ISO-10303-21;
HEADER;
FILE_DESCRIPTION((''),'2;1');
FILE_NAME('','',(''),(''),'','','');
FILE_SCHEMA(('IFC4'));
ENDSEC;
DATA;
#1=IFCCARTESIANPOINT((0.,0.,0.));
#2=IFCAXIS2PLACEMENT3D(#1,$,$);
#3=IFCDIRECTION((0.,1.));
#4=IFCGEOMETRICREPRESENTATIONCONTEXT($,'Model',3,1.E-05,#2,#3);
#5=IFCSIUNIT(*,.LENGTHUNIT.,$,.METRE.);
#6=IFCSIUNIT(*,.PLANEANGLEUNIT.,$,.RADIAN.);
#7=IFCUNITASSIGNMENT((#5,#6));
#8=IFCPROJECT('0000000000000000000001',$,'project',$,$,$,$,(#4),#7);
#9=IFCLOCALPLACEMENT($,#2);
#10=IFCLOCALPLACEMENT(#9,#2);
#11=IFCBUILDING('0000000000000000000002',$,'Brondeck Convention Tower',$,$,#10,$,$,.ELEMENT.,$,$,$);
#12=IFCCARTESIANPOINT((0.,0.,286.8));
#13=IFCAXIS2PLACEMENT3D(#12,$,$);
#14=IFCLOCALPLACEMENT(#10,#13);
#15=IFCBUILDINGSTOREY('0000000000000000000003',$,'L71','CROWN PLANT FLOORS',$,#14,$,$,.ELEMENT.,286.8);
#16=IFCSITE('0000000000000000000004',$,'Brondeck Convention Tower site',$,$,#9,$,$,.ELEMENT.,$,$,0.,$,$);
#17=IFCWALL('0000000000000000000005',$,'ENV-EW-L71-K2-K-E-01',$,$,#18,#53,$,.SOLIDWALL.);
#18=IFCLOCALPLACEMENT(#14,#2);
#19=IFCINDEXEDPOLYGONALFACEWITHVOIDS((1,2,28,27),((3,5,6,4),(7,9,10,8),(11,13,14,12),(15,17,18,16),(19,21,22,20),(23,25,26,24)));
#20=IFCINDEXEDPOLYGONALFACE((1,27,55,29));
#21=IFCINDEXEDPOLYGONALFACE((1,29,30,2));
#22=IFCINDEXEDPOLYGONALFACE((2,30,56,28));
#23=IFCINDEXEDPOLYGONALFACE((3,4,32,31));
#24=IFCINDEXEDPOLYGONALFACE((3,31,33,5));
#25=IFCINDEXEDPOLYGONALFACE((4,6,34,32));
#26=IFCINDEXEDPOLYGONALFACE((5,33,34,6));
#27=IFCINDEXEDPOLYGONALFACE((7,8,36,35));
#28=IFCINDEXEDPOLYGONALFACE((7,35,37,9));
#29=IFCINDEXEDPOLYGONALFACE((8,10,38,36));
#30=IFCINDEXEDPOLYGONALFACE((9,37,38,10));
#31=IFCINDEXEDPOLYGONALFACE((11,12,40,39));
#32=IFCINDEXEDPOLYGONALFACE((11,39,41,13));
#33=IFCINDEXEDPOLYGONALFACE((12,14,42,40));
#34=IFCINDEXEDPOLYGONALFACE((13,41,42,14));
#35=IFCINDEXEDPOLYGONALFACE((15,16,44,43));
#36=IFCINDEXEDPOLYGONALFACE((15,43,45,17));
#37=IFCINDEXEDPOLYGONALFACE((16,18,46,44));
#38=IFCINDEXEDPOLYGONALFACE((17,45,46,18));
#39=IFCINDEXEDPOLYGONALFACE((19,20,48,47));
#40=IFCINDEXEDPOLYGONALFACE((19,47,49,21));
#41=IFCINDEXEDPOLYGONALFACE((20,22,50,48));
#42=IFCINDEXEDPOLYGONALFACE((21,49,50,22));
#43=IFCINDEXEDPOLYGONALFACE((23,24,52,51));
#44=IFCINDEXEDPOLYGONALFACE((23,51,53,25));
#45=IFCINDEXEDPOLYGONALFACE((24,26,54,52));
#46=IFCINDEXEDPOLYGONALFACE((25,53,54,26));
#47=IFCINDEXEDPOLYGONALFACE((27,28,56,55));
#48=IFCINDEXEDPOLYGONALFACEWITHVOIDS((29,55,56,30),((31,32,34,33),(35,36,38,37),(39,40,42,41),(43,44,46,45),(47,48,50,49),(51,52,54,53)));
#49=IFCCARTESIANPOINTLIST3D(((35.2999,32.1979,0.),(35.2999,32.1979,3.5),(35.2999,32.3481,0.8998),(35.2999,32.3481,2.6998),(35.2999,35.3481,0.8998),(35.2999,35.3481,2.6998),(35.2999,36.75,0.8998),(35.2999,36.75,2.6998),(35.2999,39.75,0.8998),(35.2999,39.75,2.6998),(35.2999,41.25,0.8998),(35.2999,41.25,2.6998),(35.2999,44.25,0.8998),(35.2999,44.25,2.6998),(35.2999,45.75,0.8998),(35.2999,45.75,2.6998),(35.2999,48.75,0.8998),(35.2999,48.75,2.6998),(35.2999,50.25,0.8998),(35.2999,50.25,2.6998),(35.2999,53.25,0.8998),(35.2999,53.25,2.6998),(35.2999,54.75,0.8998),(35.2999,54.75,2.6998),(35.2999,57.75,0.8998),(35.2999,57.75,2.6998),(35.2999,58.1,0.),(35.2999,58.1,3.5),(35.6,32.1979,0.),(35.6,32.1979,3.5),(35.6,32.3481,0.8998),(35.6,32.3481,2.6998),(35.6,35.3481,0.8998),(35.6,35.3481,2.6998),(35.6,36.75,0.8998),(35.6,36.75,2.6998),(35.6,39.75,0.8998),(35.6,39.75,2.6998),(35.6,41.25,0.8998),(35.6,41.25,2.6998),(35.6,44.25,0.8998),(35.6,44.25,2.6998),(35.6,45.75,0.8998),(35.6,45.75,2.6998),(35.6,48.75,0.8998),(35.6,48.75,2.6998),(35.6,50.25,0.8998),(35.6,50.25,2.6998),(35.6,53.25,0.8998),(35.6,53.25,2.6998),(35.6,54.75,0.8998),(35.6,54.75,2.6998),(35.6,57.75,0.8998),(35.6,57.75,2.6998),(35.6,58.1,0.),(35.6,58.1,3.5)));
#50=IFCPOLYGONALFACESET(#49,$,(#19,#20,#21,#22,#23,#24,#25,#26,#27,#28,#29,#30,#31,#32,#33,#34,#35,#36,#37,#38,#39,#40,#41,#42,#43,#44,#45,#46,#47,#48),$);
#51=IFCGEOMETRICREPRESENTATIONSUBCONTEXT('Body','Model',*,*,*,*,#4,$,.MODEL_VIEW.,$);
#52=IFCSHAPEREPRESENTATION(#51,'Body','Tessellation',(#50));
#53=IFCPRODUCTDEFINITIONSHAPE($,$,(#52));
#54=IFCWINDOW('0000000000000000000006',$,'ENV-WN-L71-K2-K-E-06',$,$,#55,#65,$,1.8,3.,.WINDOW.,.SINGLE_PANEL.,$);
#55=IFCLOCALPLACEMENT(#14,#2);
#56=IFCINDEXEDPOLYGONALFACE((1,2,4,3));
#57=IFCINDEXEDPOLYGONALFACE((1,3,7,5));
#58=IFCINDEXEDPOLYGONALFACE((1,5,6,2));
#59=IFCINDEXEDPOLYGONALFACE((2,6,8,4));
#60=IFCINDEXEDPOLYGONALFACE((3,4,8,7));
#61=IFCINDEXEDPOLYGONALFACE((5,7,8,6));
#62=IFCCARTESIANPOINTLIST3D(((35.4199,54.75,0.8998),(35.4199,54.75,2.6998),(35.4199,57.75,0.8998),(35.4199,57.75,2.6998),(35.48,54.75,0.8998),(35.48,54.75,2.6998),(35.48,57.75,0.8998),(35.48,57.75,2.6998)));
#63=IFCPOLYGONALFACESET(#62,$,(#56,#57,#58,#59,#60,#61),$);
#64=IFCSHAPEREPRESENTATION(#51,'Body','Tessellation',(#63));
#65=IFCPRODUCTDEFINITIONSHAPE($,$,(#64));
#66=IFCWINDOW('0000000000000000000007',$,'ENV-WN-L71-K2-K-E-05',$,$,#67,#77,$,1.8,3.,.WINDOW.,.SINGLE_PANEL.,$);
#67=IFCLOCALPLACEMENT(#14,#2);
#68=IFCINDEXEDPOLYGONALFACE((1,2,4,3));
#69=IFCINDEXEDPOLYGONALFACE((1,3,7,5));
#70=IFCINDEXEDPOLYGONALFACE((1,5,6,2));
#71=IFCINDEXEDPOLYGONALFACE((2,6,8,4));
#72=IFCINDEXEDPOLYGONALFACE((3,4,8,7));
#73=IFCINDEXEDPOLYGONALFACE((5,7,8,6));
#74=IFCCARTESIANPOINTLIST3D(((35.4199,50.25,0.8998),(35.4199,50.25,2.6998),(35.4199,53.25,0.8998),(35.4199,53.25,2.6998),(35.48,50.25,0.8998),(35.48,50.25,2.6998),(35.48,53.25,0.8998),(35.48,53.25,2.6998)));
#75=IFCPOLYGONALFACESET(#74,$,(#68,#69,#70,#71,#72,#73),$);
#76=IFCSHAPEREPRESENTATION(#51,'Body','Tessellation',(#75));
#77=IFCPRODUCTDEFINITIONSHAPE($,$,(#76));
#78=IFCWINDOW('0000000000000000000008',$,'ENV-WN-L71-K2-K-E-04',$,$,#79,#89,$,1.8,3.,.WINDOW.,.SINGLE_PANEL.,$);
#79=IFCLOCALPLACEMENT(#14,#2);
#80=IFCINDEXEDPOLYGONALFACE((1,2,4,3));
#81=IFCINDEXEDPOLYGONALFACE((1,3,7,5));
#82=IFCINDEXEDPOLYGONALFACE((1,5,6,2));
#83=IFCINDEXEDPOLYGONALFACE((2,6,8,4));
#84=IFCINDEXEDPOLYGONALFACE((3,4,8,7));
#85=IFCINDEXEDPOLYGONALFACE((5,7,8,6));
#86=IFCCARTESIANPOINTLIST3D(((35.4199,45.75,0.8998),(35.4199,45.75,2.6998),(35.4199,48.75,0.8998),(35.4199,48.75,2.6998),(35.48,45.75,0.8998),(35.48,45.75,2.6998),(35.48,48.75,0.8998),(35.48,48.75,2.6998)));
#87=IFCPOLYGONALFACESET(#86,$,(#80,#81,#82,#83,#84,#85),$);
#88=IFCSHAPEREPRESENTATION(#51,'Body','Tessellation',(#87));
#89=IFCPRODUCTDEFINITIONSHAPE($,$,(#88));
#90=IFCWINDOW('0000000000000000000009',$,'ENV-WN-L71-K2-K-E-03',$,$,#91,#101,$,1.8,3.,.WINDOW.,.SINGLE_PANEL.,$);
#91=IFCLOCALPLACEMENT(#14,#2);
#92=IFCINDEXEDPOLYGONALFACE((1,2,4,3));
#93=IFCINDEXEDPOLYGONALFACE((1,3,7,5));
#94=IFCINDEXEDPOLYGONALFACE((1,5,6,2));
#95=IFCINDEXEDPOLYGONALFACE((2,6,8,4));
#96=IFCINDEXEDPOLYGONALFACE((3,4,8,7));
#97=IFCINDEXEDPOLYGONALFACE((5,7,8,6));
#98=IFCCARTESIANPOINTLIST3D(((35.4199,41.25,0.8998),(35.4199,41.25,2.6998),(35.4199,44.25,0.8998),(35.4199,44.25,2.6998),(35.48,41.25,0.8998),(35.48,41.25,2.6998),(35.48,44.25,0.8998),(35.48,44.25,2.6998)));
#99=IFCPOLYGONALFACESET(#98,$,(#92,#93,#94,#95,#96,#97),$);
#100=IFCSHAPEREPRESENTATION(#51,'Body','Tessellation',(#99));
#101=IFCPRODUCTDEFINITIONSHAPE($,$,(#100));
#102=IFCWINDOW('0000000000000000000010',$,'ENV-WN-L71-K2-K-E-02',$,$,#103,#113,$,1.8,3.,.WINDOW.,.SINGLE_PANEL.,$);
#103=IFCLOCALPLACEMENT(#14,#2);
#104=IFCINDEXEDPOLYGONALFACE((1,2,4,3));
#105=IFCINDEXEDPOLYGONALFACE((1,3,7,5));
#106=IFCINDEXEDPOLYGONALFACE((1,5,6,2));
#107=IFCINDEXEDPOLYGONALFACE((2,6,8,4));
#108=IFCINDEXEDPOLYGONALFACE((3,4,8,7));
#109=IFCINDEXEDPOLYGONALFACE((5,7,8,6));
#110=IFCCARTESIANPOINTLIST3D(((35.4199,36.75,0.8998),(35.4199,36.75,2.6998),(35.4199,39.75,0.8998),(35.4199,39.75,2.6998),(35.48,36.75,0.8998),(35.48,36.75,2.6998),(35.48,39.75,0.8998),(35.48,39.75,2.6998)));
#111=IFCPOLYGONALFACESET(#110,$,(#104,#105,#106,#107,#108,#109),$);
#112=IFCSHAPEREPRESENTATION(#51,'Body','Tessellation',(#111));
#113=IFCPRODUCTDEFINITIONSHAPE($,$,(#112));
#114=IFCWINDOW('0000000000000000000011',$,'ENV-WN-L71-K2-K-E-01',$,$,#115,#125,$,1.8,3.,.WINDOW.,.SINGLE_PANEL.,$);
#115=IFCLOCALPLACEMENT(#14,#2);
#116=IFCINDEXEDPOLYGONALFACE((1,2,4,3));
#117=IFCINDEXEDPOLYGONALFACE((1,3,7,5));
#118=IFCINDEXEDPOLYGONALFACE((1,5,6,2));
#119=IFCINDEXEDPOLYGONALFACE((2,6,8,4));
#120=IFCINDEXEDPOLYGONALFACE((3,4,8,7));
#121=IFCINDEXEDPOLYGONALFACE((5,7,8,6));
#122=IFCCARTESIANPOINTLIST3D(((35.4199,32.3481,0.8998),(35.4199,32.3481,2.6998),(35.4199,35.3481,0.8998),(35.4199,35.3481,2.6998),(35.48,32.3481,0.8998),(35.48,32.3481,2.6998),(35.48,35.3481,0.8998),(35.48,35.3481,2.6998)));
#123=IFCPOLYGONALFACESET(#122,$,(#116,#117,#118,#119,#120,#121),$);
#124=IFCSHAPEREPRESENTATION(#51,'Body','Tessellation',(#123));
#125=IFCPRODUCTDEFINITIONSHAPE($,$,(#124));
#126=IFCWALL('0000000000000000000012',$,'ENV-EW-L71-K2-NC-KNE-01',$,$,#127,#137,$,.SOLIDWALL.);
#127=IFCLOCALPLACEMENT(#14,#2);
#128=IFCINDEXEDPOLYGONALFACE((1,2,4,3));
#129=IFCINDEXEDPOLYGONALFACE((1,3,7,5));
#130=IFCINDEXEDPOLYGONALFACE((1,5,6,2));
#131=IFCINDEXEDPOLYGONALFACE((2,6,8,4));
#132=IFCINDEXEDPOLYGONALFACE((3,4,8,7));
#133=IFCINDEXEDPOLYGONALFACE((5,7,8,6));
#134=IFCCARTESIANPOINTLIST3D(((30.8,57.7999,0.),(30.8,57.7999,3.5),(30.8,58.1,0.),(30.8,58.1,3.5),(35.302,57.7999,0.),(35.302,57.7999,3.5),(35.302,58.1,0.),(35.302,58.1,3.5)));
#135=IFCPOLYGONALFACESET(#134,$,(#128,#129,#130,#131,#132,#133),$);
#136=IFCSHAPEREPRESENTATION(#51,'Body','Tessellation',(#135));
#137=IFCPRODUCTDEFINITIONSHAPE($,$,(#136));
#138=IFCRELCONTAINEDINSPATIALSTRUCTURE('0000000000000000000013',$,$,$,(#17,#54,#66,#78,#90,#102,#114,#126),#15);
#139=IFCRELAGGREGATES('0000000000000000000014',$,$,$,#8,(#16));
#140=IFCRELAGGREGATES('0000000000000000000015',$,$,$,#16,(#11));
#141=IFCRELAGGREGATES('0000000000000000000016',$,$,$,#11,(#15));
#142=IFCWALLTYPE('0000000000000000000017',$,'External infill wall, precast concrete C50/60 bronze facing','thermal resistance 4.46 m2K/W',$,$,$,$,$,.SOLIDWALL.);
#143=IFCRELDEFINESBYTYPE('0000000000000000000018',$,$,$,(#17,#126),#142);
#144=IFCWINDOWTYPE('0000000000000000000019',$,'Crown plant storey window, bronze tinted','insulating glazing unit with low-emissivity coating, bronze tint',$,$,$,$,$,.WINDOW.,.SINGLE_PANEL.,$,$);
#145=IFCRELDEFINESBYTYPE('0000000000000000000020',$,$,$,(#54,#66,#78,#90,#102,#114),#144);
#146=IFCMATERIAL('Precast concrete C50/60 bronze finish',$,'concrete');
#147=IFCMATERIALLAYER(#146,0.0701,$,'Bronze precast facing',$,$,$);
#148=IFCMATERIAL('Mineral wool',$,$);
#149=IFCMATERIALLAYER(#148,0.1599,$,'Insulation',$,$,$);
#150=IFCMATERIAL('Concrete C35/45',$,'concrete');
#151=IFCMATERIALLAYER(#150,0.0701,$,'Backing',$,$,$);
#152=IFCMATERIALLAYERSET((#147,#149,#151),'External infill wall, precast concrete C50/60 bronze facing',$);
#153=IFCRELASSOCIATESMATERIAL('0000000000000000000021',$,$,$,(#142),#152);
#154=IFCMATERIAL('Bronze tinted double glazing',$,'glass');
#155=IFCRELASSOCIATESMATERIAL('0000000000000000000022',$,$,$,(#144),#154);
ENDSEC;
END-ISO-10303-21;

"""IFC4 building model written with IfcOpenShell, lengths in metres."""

from ifc_helpers import new_model, si_unit, direction, frame, frame_2d, origin, place, context, subcontext, project, spatial, rectangle, extrude, material, layer, layer_set, type_object, element, fill, save


model = new_model("IFC4")

# Units and contexts
model_context = context("Model", 3, precision=1e-05, world=origin(), true_north=direction((0.0, 1.0)))
body_context = subcontext(model_context, "Body", "Model", "MODEL_VIEW")
ifc_project = project(units=[si_unit("LENGTHUNIT", "METRE"), si_unit("PLANEANGLEUNIT", "RADIAN")], contexts=[model_context])

# Site, building, storey
site_placement = place(None, origin())
site = spatial("IfcSite", under=ifc_project, at=site_placement, Name="Brondeck Convention Tower site", CompositionType="ELEMENT", RefElevation=0.0)
building_placement = place(site_placement, origin())
building = spatial("IfcBuilding", under=site, at=building_placement, Name="Brondeck Convention Tower", CompositionType="ELEMENT")
storey_placement = place(building_placement, frame((0.0, 0.0, 286.8)))
storey = spatial("IfcBuildingStorey", under=building, at=storey_placement, Name="L71", Description="CROWN PLANT FLOORS", CompositionType="ELEMENT", Elevation=286.8)

# Wall, openings, windows
ifc_material_1 = material(Name="Precast concrete C50/60 bronze finish", Category="concrete")
ifc_layer_1 = layer(ifc_material_1, 0.0701, Name="Bronze precast facing")
ifc_material_2 = material(Name="Mineral wool")
ifc_layer_2 = layer(ifc_material_2, 0.1599, Name="Insulation")
ifc_material_3 = material(Name="Concrete C35/45", Category="concrete")
ifc_layer_3 = layer(ifc_material_3, 0.0701, Name="Backing")
ifc_layer_set_1 = layer_set([ifc_layer_1, ifc_layer_2, ifc_layer_3], Name="External infill wall, precast concrete C50/60 bronze facing")
wall_type_1 = type_object("IfcWallType", Name="External infill wall, precast concrete C50/60 bronze facing", Description="thermal resistance 4.46 m2K/W", PredefinedType="SOLIDWALL", material=ifc_layer_set_1)
wall_1_placement = place(storey_placement, frame((35.45, 58.1001, 0.0), z_axis=(0.0, 0.0, 1.0), x_axis=(0.0, -1.0, 0.0)))
wall_1 = element("IfcWall", 1, at=wall_1_placement, inside=storey, type_object=wall_type_1, Name="ENV-EW-L71-K2-K-E-01", PredefinedType="SOLIDWALL", context=body_context, shape_type="SweptSolid", body=[
    extrude(rectangle(XDim=25.9021, YDim=0.3, at=frame_2d((12.9512, 0.0))), origin(), (0.0, 0.0, 1.0), 3.5),
])
opening_1_placement = place(wall_1_placement, frame((0.3501, 0.0, 0.8999)))
opening_1 = element("IfcOpeningElement", 2, at=opening_1_placement, cuts=wall_1, PredefinedType="OPENING", context=body_context, shape_type="SweptSolid", body=[
    extrude(rectangle(XDim=3.0, YDim=1.8, at=frame_2d((1.5, 0.8999))), frame((0.0, 0.1599, 0.0), z_axis=(0.0, -1.0, 0.0), x_axis=(1.0, 0.0, 0.0)), (0.0, 0.0, 1.0), 0.3201),
])
opening_2_placement = place(wall_1_placement, frame((4.8501, 0.0, 0.8999)))
opening_2 = element("IfcOpeningElement", 3, at=opening_2_placement, cuts=wall_1, PredefinedType="OPENING", context=body_context, shape_type="SweptSolid", body=[
    extrude(rectangle(XDim=3.0, YDim=1.8, at=frame_2d((1.5, 0.8999))), frame((0.0, 0.1599, 0.0), z_axis=(0.0, -1.0, 0.0), x_axis=(1.0, 0.0, 0.0)), (0.0, 0.0, 1.0), 0.3201),
])
opening_3_placement = place(wall_1_placement, frame((9.3501, 0.0, 0.8999)))
opening_3 = element("IfcOpeningElement", 4, at=opening_3_placement, cuts=wall_1, PredefinedType="OPENING", context=body_context, shape_type="SweptSolid", body=[
    extrude(rectangle(XDim=3.0, YDim=1.8, at=frame_2d((1.5, 0.8999))), frame((0.0, 0.1599, 0.0), z_axis=(0.0, -1.0, 0.0), x_axis=(1.0, 0.0, 0.0)), (0.0, 0.0, 1.0), 0.3201),
])
opening_4_placement = place(wall_1_placement, frame((13.8501, 0.0, 0.8999)))
opening_4 = element("IfcOpeningElement", 5, at=opening_4_placement, cuts=wall_1, PredefinedType="OPENING", context=body_context, shape_type="SweptSolid", body=[
    extrude(rectangle(XDim=3.0, YDim=1.8, at=frame_2d((1.5, 0.8999))), frame((0.0, 0.1599, 0.0), z_axis=(0.0, -1.0, 0.0), x_axis=(1.0, 0.0, 0.0)), (0.0, 0.0, 1.0), 0.3201),
])
opening_5_placement = place(wall_1_placement, frame((18.3501, 0.0, 0.8999)))
opening_5 = element("IfcOpeningElement", 6, at=opening_5_placement, cuts=wall_1, PredefinedType="OPENING", context=body_context, shape_type="SweptSolid", body=[
    extrude(rectangle(XDim=3.0, YDim=1.8, at=frame_2d((1.5, 0.8999))), frame((0.0, 0.1599, 0.0), z_axis=(0.0, -1.0, 0.0), x_axis=(1.0, 0.0, 0.0)), (0.0, 0.0, 1.0), 0.3201),
])
opening_6_placement = place(wall_1_placement, frame((22.752, 0.0, 0.8999)))
opening_6 = element("IfcOpeningElement", 7, at=opening_6_placement, cuts=wall_1, PredefinedType="OPENING", context=body_context, shape_type="SweptSolid", body=[
    extrude(rectangle(XDim=3.0, YDim=1.8, at=frame_2d((1.5, 0.8999))), frame((0.0, 0.1599, 0.0), z_axis=(0.0, -1.0, 0.0), x_axis=(1.0, 0.0, 0.0)), (0.0, 0.0, 1.0), 0.3201),
])
ifc_material_4 = material(Name="Bronze tinted double glazing", Category="glass")
window_type = type_object("IfcWindowType", Name="Crown plant storey window, bronze tinted", Description="insulating glazing unit with low-emissivity coating, bronze tint", PartitioningType="SINGLE_PANEL", PredefinedType="WINDOW", material=ifc_material_4)
window_1_placement = place(opening_1_placement, origin())
window_1 = element("IfcWindow", 8, at=window_1_placement, inside=storey, type_object=window_type, Name="ENV-WN-L71-K2-K-E-06", OverallHeight=1.8, OverallWidth=3.0, PartitioningType="SINGLE_PANEL", PredefinedType="WINDOW", context=body_context, shape_type="SweptSolid", body=[
    extrude(rectangle(XDim=3.0, YDim=1.8, at=frame_2d((1.5, 0.8999))), frame((0.0, 0.03, 0.0), z_axis=(0.0, -1.0, 0.0), x_axis=(1.0, 0.0, 0.0)), (0.0, 0.0, 1.0), 0.0601),
])
fill(opening_1, window_1)
window_2_placement = place(opening_2_placement, origin())
window_2 = element("IfcWindow", 9, at=window_2_placement, inside=storey, type_object=window_type, Name="ENV-WN-L71-K2-K-E-05", OverallHeight=1.8, OverallWidth=3.0, PartitioningType="SINGLE_PANEL", PredefinedType="WINDOW", context=body_context, shape_type="SweptSolid", body=[
    extrude(rectangle(XDim=3.0, YDim=1.8, at=frame_2d((1.5, 0.8999))), frame((0.0, 0.03, 0.0), z_axis=(0.0, -1.0, 0.0), x_axis=(1.0, 0.0, 0.0)), (0.0, 0.0, 1.0), 0.0601),
])
fill(opening_2, window_2)
window_3_placement = place(opening_3_placement, origin())
window_3 = element("IfcWindow", 10, at=window_3_placement, inside=storey, type_object=window_type, Name="ENV-WN-L71-K2-K-E-04", OverallHeight=1.8, OverallWidth=3.0, PartitioningType="SINGLE_PANEL", PredefinedType="WINDOW", context=body_context, shape_type="SweptSolid", body=[
    extrude(rectangle(XDim=3.0, YDim=1.8, at=frame_2d((1.5, 0.8999))), frame((0.0, 0.03, 0.0), z_axis=(0.0, -1.0, 0.0), x_axis=(1.0, 0.0, 0.0)), (0.0, 0.0, 1.0), 0.0601),
])
fill(opening_3, window_3)
window_4_placement = place(opening_4_placement, origin())
window_4 = element("IfcWindow", 11, at=window_4_placement, inside=storey, type_object=window_type, Name="ENV-WN-L71-K2-K-E-03", OverallHeight=1.8, OverallWidth=3.0, PartitioningType="SINGLE_PANEL", PredefinedType="WINDOW", context=body_context, shape_type="SweptSolid", body=[
    extrude(rectangle(XDim=3.0, YDim=1.8, at=frame_2d((1.5, 0.8999))), frame((0.0, 0.03, 0.0), z_axis=(0.0, -1.0, 0.0), x_axis=(1.0, 0.0, 0.0)), (0.0, 0.0, 1.0), 0.0601),
])
fill(opening_4, window_4)
window_5_placement = place(opening_5_placement, origin())
window_5 = element("IfcWindow", 12, at=window_5_placement, inside=storey, type_object=window_type, Name="ENV-WN-L71-K2-K-E-02", OverallHeight=1.8, OverallWidth=3.0, PartitioningType="SINGLE_PANEL", PredefinedType="WINDOW", context=body_context, shape_type="SweptSolid", body=[
    extrude(rectangle(XDim=3.0, YDim=1.8, at=frame_2d((1.5, 0.8999))), frame((0.0, 0.03, 0.0), z_axis=(0.0, -1.0, 0.0), x_axis=(1.0, 0.0, 0.0)), (0.0, 0.0, 1.0), 0.0601),
])
fill(opening_5, window_5)
window_6_placement = place(opening_6_placement, origin())
window_6 = element("IfcWindow", 13, at=window_6_placement, inside=storey, type_object=window_type, Name="ENV-WN-L71-K2-K-E-01", OverallHeight=1.8, OverallWidth=3.0, PartitioningType="SINGLE_PANEL", PredefinedType="WINDOW", context=body_context, shape_type="SweptSolid", body=[
    extrude(rectangle(XDim=3.0, YDim=1.8, at=frame_2d((1.5, 0.8999))), frame((0.0, 0.03, 0.0), z_axis=(0.0, -1.0, 0.0), x_axis=(1.0, 0.0, 0.0)), (0.0, 0.0, 1.0), 0.0601),
])
fill(opening_6, window_6)

# Wall
wall_2_placement = place(storey_placement, frame((30.8, 57.95, 0.0), z_axis=(0.0, 0.0, 1.0), x_axis=(1.0, 0.0, 0.0)))
element("IfcWall", 14, at=wall_2_placement, inside=storey, type_object=wall_type_1, Name="ENV-EW-L71-K2-NC-KNE-01", PredefinedType="SOLIDWALL", context=body_context, shape_type="SweptSolid", body=[
    extrude(rectangle(XDim=4.502, YDim=0.3, at=frame_2d((2.251, 0.0))), origin(), (0.0, 0.0, 1.0), 3.5),
])

save(model, "model.ifc")
